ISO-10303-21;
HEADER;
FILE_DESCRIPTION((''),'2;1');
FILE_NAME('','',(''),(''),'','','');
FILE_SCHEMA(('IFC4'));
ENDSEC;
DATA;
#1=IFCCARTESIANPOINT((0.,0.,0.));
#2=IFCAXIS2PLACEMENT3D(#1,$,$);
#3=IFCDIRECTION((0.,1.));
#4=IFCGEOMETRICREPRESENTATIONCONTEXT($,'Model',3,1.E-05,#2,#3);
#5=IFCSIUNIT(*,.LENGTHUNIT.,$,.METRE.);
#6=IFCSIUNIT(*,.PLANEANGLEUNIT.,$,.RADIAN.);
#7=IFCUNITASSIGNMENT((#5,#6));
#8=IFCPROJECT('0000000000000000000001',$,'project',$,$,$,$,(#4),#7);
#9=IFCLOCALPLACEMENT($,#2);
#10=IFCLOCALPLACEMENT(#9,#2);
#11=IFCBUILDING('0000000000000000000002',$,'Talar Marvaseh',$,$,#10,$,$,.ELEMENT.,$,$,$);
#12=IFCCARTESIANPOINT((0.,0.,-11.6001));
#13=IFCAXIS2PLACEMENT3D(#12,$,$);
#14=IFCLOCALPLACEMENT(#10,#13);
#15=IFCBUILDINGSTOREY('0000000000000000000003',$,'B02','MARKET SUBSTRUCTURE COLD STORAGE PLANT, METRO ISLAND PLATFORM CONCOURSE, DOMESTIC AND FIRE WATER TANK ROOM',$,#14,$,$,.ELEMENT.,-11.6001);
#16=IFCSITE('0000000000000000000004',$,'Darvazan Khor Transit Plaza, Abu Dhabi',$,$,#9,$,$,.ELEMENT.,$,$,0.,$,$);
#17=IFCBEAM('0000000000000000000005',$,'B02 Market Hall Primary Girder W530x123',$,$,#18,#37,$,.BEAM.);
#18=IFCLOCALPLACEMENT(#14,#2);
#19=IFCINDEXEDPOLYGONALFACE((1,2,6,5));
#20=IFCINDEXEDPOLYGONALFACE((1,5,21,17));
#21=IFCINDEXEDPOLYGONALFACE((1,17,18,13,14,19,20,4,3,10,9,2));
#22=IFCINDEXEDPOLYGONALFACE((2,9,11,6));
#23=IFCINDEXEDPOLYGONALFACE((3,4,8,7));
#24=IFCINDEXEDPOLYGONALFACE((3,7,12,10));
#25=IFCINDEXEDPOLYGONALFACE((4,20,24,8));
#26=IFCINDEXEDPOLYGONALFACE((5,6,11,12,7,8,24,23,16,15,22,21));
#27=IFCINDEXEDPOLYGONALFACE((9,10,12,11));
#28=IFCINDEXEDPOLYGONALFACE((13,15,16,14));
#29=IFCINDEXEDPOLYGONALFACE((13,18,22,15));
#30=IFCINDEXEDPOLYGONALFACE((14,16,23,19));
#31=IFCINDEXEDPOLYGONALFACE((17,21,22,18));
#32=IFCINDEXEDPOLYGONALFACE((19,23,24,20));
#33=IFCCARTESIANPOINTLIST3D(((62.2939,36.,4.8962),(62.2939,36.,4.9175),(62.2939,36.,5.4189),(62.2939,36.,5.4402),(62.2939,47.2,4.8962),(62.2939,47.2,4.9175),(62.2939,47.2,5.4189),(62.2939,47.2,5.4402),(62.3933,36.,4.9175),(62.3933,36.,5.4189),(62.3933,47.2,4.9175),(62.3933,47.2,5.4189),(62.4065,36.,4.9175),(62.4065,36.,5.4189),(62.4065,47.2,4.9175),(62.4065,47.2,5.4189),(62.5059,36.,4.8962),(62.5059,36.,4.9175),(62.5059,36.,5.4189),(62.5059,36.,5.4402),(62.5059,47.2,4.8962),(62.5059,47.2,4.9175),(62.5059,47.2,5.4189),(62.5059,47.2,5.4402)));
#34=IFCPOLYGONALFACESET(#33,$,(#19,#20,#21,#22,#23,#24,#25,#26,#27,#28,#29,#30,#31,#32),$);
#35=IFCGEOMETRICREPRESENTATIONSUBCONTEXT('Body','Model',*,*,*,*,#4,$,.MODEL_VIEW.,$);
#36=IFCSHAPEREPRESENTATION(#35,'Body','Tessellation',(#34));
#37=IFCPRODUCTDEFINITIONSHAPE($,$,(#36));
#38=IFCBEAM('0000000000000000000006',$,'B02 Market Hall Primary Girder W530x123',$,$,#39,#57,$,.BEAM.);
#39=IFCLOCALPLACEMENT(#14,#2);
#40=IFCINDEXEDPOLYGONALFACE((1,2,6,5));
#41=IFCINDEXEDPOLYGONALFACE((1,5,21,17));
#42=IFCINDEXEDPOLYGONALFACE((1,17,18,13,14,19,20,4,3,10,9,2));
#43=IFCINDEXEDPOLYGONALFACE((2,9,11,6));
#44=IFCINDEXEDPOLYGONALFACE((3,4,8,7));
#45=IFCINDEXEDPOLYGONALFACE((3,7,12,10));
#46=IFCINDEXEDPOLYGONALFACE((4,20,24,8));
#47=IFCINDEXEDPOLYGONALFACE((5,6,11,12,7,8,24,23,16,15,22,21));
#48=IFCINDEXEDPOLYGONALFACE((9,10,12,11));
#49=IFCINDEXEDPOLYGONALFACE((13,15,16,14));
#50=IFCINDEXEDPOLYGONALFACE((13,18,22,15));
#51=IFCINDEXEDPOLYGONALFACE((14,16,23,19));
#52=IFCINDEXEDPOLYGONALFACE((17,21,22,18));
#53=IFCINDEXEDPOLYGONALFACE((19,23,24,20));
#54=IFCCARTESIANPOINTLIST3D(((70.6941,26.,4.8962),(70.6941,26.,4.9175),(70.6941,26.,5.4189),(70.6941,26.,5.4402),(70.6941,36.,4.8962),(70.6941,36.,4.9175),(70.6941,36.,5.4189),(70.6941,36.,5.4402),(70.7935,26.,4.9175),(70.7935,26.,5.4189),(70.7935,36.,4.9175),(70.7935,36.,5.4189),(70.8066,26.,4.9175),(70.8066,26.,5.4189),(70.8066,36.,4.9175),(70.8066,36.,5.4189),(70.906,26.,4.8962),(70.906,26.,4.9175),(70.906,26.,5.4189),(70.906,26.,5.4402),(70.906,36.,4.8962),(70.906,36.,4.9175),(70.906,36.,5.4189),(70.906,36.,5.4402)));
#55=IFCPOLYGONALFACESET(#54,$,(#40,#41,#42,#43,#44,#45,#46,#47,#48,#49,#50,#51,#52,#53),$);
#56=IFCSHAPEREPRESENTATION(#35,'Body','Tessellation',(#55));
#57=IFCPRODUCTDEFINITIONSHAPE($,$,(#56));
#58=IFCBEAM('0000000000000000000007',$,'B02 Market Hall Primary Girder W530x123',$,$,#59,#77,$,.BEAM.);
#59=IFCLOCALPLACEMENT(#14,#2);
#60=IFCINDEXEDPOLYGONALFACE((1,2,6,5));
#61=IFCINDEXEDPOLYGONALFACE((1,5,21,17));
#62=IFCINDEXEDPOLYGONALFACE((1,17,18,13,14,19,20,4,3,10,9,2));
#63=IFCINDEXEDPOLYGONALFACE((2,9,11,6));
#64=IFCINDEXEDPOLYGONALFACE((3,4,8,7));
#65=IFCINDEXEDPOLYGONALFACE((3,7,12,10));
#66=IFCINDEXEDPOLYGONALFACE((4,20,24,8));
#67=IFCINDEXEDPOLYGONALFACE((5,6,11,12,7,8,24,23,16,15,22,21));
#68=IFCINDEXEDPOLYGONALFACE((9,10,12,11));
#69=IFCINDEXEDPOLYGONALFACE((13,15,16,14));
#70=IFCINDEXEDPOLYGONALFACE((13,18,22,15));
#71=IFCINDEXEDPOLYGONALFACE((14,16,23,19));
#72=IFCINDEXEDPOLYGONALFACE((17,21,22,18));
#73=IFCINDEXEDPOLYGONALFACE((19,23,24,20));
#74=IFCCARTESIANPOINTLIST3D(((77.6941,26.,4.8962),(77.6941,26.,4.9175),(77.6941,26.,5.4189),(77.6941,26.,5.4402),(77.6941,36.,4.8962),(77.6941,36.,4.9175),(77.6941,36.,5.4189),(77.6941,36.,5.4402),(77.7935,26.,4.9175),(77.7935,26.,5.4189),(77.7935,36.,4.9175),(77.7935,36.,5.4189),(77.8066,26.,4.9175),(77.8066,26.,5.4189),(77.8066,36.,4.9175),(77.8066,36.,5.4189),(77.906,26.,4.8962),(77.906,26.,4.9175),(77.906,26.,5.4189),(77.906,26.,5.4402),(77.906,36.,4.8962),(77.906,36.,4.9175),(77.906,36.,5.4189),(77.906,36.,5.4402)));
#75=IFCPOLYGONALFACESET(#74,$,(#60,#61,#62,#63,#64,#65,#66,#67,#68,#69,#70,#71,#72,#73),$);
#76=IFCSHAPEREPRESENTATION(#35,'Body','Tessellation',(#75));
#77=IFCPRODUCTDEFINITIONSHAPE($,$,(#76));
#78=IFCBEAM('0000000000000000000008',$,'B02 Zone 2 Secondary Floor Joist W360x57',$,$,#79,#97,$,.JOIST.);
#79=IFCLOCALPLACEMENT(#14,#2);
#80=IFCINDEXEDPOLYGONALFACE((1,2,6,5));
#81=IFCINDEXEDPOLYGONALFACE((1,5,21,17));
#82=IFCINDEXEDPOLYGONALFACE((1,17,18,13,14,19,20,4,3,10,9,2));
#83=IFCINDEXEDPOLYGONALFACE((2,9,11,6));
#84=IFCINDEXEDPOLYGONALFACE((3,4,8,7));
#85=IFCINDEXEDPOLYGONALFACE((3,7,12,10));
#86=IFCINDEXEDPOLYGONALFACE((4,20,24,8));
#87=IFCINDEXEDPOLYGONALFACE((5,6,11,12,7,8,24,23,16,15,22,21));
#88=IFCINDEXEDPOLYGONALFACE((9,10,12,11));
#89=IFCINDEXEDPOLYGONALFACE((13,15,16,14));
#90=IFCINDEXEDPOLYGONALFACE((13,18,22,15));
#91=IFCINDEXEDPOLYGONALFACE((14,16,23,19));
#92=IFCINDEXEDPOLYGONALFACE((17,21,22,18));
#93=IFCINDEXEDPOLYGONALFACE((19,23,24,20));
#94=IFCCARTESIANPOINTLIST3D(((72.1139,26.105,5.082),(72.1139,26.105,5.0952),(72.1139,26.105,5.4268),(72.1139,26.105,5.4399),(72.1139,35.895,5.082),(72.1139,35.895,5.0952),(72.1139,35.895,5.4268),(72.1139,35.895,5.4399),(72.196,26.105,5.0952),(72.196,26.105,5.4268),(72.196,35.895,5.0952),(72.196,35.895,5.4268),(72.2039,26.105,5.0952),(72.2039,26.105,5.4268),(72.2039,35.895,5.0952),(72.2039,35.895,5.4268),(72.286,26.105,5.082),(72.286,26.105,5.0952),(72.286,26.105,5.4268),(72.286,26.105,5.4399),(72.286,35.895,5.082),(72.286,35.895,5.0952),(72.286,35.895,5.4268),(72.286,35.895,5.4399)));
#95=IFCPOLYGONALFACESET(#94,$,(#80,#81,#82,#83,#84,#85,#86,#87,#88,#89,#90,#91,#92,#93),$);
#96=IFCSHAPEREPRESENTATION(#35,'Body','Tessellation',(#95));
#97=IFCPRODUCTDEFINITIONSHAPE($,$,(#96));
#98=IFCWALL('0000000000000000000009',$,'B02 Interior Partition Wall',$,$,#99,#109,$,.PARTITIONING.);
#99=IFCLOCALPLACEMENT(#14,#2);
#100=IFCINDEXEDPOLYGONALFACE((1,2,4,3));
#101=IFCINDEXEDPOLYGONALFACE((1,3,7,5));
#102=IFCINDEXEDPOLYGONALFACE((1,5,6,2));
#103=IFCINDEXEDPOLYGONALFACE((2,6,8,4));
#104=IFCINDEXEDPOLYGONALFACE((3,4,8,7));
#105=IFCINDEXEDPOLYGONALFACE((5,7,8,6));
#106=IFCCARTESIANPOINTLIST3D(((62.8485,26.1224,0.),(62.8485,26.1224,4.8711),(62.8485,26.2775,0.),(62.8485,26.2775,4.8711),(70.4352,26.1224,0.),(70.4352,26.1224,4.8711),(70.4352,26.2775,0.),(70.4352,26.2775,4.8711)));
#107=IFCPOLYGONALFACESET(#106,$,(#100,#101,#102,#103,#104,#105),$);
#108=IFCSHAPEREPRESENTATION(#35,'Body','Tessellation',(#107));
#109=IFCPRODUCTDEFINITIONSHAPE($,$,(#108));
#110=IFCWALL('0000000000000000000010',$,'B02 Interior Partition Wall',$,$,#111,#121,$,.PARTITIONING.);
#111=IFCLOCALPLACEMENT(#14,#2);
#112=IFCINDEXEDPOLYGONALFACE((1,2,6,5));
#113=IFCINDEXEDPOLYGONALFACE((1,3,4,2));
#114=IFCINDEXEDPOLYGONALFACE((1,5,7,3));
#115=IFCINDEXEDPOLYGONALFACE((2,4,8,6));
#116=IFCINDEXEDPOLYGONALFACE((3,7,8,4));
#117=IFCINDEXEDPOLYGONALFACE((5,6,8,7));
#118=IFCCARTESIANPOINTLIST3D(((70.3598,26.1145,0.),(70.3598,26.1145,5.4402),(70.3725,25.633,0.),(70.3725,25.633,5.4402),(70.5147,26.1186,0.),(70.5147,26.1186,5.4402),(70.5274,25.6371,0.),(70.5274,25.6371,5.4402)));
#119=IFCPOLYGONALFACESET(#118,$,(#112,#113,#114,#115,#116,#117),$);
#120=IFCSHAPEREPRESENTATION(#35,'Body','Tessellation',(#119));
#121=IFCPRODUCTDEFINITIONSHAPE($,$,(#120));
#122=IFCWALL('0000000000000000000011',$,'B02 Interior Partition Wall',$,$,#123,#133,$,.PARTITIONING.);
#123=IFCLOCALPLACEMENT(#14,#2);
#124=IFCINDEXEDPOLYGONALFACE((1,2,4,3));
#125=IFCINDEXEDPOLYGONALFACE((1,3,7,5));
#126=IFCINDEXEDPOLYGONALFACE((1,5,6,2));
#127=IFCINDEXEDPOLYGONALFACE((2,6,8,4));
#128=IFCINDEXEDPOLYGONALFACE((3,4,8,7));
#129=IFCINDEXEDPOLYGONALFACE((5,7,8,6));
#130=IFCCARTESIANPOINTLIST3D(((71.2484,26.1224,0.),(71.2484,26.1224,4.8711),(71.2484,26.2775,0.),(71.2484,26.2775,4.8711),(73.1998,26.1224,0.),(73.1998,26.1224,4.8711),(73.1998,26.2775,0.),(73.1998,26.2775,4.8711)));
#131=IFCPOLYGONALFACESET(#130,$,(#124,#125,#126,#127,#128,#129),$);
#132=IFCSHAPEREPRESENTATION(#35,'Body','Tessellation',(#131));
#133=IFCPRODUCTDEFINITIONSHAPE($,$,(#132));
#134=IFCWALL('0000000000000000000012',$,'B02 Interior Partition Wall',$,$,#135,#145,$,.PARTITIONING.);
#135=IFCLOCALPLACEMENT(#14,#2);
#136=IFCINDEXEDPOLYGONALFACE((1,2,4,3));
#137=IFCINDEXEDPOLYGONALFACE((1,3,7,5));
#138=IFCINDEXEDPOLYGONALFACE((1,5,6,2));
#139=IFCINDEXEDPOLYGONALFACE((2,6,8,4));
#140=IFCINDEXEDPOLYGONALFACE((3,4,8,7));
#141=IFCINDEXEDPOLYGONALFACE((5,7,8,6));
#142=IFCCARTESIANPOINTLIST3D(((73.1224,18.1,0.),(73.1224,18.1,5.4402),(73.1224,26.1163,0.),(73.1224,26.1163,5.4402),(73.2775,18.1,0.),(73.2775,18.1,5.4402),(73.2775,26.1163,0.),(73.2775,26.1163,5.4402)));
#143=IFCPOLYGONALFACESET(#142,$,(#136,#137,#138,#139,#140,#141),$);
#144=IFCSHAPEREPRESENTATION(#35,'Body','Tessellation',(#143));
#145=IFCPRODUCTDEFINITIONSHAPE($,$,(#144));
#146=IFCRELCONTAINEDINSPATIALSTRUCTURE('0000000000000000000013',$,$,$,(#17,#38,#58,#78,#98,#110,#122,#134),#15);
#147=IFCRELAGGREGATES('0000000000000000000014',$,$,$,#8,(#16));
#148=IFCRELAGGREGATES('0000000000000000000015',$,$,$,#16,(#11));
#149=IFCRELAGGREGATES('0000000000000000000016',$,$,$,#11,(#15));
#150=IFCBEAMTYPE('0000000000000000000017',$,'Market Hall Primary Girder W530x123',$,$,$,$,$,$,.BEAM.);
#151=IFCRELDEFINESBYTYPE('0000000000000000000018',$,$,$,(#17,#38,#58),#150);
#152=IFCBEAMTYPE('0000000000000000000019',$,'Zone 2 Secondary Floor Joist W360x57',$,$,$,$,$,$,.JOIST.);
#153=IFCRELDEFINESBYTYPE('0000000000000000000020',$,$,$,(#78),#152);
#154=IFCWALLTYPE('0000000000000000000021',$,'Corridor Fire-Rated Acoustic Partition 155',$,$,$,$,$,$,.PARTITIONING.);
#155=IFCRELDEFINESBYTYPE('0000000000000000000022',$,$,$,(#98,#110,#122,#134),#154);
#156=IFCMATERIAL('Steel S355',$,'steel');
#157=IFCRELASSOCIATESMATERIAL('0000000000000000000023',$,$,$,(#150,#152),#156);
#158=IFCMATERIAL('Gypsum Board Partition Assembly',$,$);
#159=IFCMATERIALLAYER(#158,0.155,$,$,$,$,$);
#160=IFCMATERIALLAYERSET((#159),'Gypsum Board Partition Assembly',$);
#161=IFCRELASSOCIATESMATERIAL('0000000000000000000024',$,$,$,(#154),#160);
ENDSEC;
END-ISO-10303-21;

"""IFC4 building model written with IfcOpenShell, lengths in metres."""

from ifc_helpers import new_model, si_unit, direction, frame, frame_2d, origin, origin_2d, place, context, subcontext, project, spatial, rectangle, i_section, extrude, material, layer, layer_set, material_profile, profile_set, type_object, element, save


model = new_model("IFC4")

# Units and contexts
model_context = context("Model", 3, precision=1e-05, world=origin(), true_north=direction((0.0, 1.0)))
body_context = subcontext(model_context, "Body", "Model", "MODEL_VIEW")
ifc_project = project(units=[si_unit("LENGTHUNIT", "METRE"), si_unit("PLANEANGLEUNIT", "RADIAN")], contexts=[model_context])

# Site, building, storey
site_placement = place(None, origin())
site = spatial("IfcSite", under=ifc_project, at=site_placement, Name="Darvazan Khor Transit Plaza, Abu Dhabi", CompositionType="ELEMENT", RefElevation=0.0)
building_placement = place(site_placement, origin())
building = spatial("IfcBuilding", under=site, at=building_placement, Name="Talar Marvaseh", CompositionType="ELEMENT")
storey_placement = place(building_placement, frame((0.0, 0.0, -11.6001)))
storey = spatial("IfcBuildingStorey", under=building, at=storey_placement, Name="B02", Description="MARKET SUBSTRUCTURE COLD STORAGE PLANT, METRO ISLAND PLATFORM CONCOURSE, DOMESTIC AND FIRE WATER TANK ROOM", CompositionType="ELEMENT", Elevation=-11.6001)

# Beams
ifc_material_1 = material(Name="Steel S355", Category="steel")
ifc_material_profile_1 = material_profile(ifc_material_1, i_section(OverallWidth=0.2119, OverallDepth=0.5439, WebThickness=0.0132, FlangeThickness=0.0212, at=origin_2d()), Name="W530x123")
ifc_profile_set_1 = profile_set([ifc_material_profile_1], Name="Steel S355")
beam_type_1 = type_object("IfcBeamType", Name="Market Hall Primary Girder W530x123", PredefinedType="BEAM", material=ifc_profile_set_1)
beam_1_placement = place(storey_placement, frame((62.3999, 36.0, 5.1682), z_axis=(0.0, 1.0, 0.0), x_axis=(-1.0, 0.0, 0.0)))
element("IfcBeam", 1, at=beam_1_placement, inside=storey, type_object=beam_type_1, Name="B02 Market Hall Primary Girder W530x123", PredefinedType="BEAM", context=body_context, shape_type="SweptSolid", body=[
    extrude(i_section(OverallWidth=0.2119, OverallDepth=0.5439, WebThickness=0.0132, FlangeThickness=0.0212, at=origin_2d()), origin(), (0.0, 0.0, 1.0), 11.2),
])
for number, where, z_axis, x_axis, name in (
    (2, (70.8, 26.0, 5.1682), (0.0, 1.0, 0.0), (-1.0, 0.0, 0.0), "B02 Market Hall Primary Girder W530x123"),
    (3, (77.8, 26.0, 5.1682), (0.0, 1.0, 0.0), (-1.0, 0.0, 0.0), "B02 Market Hall Primary Girder W530x123"),
):
    element("IfcBeam", number, at=place(storey_placement, frame(where, z_axis=z_axis, x_axis=x_axis)), inside=storey, type_object=beam_type_1, Name=name, PredefinedType="BEAM", context=body_context, shape_type="SweptSolid", body=[
        extrude(i_section(OverallWidth=0.2119, OverallDepth=0.5439, WebThickness=0.0132, FlangeThickness=0.0212, at=origin_2d()), origin(), (0.0, 0.0, 1.0), 10.0),
    ])
ifc_material_profile_2 = material_profile(ifc_material_1, i_section(OverallWidth=0.1721, OverallDepth=0.3579, WebThickness=0.0078, FlangeThickness=0.0132, at=origin_2d()), Name="W360x57")
ifc_profile_set_2 = profile_set([ifc_material_profile_2], Name="Steel S355")
beam_type_2 = type_object("IfcBeamType", Name="Zone 2 Secondary Floor Joist W360x57", PredefinedType="JOIST", material=ifc_profile_set_2)
beam_2_placement = place(storey_placement, frame((72.2, 26.105, 5.261), z_axis=(0.0, 1.0, 0.0), x_axis=(-1.0, 0.0, 0.0)))
element("IfcBeam", 4, at=beam_2_placement, inside=storey, type_object=beam_type_2, Name="B02 Zone 2 Secondary Floor Joist W360x57", PredefinedType="JOIST", context=body_context, shape_type="SweptSolid", body=[
    extrude(i_section(OverallWidth=0.1721, OverallDepth=0.3579, WebThickness=0.0078, FlangeThickness=0.0132, at=origin_2d()), origin(), (0.0, 0.0, 1.0), 9.79),
])

# Walls
ifc_material_2 = material(Name="Gypsum Board Partition Assembly")
ifc_layer = layer(ifc_material_2, 0.155)
ifc_layer_set = layer_set([ifc_layer], Name="Gypsum Board Partition Assembly")
wall_type = type_object("IfcWallType", Name="Corridor Fire-Rated Acoustic Partition 155", PredefinedType="PARTITIONING", material=ifc_layer_set)
wall_1_placement = place(storey_placement, frame((62.8484, 26.2, 0.0), z_axis=(0.0, 0.0, 1.0), x_axis=(1.0, 0.0, 0.0)))
element("IfcWall", 5, at=wall_1_placement, inside=storey, type_object=wall_type, Name="B02 Interior Partition Wall", PredefinedType="PARTITIONING", context=body_context, shape_type="SweptSolid", body=[
    extrude(rectangle(XDim=7.5867, YDim=0.155, at=frame_2d((3.7935, 0.0))), origin(), (0.0, 0.0, 1.0), 4.8711),
])
wall_2_placement = place(storey_placement, frame((70.4373, 26.1165, 0.0), z_axis=(0.0, 0.0, 1.0), x_axis=(0.02636, -0.999653, 0.0)))
element("IfcWall", 6, at=wall_2_placement, inside=storey, type_object=wall_type, Name="B02 Interior Partition Wall", PredefinedType="PARTITIONING", context=body_context, shape_type="SweptSolid", body=[
    extrude(rectangle(XDim=0.4817, YDim=0.155, at=frame_2d((0.2407, 0.0))), origin(), (0.0, 0.0, 1.0), 5.4402),
])
wall_3_placement = place(storey_placement, frame((71.2485, 26.2, 0.0), z_axis=(0.0, 0.0, 1.0), x_axis=(1.0, 0.0, 0.0)))
element("IfcWall", 7, at=wall_3_placement, inside=storey, type_object=wall_type, Name="B02 Interior Partition Wall", PredefinedType="PARTITIONING", context=body_context, shape_type="SweptSolid", body=[
    extrude(rectangle(XDim=1.9514, YDim=0.155, at=frame_2d((0.9756, 0.0))), origin(), (0.0, 0.0, 1.0), 4.8711),
])
wall_4_placement = place(storey_placement, frame((73.2, 26.1165, 0.0), z_axis=(0.0, 0.0, 1.0), x_axis=(0.0, -1.0, 0.0)))
element("IfcWall", 8, at=wall_4_placement, inside=storey, type_object=wall_type, Name="B02 Interior Partition Wall", PredefinedType="PARTITIONING", context=body_context, shape_type="SweptSolid", body=[
    extrude(rectangle(XDim=8.0164, YDim=0.155, at=frame_2d((4.0083, 0.0))), origin(), (0.0, 0.0, 1.0), 5.4402),
])

save(model, "model.ifc")
